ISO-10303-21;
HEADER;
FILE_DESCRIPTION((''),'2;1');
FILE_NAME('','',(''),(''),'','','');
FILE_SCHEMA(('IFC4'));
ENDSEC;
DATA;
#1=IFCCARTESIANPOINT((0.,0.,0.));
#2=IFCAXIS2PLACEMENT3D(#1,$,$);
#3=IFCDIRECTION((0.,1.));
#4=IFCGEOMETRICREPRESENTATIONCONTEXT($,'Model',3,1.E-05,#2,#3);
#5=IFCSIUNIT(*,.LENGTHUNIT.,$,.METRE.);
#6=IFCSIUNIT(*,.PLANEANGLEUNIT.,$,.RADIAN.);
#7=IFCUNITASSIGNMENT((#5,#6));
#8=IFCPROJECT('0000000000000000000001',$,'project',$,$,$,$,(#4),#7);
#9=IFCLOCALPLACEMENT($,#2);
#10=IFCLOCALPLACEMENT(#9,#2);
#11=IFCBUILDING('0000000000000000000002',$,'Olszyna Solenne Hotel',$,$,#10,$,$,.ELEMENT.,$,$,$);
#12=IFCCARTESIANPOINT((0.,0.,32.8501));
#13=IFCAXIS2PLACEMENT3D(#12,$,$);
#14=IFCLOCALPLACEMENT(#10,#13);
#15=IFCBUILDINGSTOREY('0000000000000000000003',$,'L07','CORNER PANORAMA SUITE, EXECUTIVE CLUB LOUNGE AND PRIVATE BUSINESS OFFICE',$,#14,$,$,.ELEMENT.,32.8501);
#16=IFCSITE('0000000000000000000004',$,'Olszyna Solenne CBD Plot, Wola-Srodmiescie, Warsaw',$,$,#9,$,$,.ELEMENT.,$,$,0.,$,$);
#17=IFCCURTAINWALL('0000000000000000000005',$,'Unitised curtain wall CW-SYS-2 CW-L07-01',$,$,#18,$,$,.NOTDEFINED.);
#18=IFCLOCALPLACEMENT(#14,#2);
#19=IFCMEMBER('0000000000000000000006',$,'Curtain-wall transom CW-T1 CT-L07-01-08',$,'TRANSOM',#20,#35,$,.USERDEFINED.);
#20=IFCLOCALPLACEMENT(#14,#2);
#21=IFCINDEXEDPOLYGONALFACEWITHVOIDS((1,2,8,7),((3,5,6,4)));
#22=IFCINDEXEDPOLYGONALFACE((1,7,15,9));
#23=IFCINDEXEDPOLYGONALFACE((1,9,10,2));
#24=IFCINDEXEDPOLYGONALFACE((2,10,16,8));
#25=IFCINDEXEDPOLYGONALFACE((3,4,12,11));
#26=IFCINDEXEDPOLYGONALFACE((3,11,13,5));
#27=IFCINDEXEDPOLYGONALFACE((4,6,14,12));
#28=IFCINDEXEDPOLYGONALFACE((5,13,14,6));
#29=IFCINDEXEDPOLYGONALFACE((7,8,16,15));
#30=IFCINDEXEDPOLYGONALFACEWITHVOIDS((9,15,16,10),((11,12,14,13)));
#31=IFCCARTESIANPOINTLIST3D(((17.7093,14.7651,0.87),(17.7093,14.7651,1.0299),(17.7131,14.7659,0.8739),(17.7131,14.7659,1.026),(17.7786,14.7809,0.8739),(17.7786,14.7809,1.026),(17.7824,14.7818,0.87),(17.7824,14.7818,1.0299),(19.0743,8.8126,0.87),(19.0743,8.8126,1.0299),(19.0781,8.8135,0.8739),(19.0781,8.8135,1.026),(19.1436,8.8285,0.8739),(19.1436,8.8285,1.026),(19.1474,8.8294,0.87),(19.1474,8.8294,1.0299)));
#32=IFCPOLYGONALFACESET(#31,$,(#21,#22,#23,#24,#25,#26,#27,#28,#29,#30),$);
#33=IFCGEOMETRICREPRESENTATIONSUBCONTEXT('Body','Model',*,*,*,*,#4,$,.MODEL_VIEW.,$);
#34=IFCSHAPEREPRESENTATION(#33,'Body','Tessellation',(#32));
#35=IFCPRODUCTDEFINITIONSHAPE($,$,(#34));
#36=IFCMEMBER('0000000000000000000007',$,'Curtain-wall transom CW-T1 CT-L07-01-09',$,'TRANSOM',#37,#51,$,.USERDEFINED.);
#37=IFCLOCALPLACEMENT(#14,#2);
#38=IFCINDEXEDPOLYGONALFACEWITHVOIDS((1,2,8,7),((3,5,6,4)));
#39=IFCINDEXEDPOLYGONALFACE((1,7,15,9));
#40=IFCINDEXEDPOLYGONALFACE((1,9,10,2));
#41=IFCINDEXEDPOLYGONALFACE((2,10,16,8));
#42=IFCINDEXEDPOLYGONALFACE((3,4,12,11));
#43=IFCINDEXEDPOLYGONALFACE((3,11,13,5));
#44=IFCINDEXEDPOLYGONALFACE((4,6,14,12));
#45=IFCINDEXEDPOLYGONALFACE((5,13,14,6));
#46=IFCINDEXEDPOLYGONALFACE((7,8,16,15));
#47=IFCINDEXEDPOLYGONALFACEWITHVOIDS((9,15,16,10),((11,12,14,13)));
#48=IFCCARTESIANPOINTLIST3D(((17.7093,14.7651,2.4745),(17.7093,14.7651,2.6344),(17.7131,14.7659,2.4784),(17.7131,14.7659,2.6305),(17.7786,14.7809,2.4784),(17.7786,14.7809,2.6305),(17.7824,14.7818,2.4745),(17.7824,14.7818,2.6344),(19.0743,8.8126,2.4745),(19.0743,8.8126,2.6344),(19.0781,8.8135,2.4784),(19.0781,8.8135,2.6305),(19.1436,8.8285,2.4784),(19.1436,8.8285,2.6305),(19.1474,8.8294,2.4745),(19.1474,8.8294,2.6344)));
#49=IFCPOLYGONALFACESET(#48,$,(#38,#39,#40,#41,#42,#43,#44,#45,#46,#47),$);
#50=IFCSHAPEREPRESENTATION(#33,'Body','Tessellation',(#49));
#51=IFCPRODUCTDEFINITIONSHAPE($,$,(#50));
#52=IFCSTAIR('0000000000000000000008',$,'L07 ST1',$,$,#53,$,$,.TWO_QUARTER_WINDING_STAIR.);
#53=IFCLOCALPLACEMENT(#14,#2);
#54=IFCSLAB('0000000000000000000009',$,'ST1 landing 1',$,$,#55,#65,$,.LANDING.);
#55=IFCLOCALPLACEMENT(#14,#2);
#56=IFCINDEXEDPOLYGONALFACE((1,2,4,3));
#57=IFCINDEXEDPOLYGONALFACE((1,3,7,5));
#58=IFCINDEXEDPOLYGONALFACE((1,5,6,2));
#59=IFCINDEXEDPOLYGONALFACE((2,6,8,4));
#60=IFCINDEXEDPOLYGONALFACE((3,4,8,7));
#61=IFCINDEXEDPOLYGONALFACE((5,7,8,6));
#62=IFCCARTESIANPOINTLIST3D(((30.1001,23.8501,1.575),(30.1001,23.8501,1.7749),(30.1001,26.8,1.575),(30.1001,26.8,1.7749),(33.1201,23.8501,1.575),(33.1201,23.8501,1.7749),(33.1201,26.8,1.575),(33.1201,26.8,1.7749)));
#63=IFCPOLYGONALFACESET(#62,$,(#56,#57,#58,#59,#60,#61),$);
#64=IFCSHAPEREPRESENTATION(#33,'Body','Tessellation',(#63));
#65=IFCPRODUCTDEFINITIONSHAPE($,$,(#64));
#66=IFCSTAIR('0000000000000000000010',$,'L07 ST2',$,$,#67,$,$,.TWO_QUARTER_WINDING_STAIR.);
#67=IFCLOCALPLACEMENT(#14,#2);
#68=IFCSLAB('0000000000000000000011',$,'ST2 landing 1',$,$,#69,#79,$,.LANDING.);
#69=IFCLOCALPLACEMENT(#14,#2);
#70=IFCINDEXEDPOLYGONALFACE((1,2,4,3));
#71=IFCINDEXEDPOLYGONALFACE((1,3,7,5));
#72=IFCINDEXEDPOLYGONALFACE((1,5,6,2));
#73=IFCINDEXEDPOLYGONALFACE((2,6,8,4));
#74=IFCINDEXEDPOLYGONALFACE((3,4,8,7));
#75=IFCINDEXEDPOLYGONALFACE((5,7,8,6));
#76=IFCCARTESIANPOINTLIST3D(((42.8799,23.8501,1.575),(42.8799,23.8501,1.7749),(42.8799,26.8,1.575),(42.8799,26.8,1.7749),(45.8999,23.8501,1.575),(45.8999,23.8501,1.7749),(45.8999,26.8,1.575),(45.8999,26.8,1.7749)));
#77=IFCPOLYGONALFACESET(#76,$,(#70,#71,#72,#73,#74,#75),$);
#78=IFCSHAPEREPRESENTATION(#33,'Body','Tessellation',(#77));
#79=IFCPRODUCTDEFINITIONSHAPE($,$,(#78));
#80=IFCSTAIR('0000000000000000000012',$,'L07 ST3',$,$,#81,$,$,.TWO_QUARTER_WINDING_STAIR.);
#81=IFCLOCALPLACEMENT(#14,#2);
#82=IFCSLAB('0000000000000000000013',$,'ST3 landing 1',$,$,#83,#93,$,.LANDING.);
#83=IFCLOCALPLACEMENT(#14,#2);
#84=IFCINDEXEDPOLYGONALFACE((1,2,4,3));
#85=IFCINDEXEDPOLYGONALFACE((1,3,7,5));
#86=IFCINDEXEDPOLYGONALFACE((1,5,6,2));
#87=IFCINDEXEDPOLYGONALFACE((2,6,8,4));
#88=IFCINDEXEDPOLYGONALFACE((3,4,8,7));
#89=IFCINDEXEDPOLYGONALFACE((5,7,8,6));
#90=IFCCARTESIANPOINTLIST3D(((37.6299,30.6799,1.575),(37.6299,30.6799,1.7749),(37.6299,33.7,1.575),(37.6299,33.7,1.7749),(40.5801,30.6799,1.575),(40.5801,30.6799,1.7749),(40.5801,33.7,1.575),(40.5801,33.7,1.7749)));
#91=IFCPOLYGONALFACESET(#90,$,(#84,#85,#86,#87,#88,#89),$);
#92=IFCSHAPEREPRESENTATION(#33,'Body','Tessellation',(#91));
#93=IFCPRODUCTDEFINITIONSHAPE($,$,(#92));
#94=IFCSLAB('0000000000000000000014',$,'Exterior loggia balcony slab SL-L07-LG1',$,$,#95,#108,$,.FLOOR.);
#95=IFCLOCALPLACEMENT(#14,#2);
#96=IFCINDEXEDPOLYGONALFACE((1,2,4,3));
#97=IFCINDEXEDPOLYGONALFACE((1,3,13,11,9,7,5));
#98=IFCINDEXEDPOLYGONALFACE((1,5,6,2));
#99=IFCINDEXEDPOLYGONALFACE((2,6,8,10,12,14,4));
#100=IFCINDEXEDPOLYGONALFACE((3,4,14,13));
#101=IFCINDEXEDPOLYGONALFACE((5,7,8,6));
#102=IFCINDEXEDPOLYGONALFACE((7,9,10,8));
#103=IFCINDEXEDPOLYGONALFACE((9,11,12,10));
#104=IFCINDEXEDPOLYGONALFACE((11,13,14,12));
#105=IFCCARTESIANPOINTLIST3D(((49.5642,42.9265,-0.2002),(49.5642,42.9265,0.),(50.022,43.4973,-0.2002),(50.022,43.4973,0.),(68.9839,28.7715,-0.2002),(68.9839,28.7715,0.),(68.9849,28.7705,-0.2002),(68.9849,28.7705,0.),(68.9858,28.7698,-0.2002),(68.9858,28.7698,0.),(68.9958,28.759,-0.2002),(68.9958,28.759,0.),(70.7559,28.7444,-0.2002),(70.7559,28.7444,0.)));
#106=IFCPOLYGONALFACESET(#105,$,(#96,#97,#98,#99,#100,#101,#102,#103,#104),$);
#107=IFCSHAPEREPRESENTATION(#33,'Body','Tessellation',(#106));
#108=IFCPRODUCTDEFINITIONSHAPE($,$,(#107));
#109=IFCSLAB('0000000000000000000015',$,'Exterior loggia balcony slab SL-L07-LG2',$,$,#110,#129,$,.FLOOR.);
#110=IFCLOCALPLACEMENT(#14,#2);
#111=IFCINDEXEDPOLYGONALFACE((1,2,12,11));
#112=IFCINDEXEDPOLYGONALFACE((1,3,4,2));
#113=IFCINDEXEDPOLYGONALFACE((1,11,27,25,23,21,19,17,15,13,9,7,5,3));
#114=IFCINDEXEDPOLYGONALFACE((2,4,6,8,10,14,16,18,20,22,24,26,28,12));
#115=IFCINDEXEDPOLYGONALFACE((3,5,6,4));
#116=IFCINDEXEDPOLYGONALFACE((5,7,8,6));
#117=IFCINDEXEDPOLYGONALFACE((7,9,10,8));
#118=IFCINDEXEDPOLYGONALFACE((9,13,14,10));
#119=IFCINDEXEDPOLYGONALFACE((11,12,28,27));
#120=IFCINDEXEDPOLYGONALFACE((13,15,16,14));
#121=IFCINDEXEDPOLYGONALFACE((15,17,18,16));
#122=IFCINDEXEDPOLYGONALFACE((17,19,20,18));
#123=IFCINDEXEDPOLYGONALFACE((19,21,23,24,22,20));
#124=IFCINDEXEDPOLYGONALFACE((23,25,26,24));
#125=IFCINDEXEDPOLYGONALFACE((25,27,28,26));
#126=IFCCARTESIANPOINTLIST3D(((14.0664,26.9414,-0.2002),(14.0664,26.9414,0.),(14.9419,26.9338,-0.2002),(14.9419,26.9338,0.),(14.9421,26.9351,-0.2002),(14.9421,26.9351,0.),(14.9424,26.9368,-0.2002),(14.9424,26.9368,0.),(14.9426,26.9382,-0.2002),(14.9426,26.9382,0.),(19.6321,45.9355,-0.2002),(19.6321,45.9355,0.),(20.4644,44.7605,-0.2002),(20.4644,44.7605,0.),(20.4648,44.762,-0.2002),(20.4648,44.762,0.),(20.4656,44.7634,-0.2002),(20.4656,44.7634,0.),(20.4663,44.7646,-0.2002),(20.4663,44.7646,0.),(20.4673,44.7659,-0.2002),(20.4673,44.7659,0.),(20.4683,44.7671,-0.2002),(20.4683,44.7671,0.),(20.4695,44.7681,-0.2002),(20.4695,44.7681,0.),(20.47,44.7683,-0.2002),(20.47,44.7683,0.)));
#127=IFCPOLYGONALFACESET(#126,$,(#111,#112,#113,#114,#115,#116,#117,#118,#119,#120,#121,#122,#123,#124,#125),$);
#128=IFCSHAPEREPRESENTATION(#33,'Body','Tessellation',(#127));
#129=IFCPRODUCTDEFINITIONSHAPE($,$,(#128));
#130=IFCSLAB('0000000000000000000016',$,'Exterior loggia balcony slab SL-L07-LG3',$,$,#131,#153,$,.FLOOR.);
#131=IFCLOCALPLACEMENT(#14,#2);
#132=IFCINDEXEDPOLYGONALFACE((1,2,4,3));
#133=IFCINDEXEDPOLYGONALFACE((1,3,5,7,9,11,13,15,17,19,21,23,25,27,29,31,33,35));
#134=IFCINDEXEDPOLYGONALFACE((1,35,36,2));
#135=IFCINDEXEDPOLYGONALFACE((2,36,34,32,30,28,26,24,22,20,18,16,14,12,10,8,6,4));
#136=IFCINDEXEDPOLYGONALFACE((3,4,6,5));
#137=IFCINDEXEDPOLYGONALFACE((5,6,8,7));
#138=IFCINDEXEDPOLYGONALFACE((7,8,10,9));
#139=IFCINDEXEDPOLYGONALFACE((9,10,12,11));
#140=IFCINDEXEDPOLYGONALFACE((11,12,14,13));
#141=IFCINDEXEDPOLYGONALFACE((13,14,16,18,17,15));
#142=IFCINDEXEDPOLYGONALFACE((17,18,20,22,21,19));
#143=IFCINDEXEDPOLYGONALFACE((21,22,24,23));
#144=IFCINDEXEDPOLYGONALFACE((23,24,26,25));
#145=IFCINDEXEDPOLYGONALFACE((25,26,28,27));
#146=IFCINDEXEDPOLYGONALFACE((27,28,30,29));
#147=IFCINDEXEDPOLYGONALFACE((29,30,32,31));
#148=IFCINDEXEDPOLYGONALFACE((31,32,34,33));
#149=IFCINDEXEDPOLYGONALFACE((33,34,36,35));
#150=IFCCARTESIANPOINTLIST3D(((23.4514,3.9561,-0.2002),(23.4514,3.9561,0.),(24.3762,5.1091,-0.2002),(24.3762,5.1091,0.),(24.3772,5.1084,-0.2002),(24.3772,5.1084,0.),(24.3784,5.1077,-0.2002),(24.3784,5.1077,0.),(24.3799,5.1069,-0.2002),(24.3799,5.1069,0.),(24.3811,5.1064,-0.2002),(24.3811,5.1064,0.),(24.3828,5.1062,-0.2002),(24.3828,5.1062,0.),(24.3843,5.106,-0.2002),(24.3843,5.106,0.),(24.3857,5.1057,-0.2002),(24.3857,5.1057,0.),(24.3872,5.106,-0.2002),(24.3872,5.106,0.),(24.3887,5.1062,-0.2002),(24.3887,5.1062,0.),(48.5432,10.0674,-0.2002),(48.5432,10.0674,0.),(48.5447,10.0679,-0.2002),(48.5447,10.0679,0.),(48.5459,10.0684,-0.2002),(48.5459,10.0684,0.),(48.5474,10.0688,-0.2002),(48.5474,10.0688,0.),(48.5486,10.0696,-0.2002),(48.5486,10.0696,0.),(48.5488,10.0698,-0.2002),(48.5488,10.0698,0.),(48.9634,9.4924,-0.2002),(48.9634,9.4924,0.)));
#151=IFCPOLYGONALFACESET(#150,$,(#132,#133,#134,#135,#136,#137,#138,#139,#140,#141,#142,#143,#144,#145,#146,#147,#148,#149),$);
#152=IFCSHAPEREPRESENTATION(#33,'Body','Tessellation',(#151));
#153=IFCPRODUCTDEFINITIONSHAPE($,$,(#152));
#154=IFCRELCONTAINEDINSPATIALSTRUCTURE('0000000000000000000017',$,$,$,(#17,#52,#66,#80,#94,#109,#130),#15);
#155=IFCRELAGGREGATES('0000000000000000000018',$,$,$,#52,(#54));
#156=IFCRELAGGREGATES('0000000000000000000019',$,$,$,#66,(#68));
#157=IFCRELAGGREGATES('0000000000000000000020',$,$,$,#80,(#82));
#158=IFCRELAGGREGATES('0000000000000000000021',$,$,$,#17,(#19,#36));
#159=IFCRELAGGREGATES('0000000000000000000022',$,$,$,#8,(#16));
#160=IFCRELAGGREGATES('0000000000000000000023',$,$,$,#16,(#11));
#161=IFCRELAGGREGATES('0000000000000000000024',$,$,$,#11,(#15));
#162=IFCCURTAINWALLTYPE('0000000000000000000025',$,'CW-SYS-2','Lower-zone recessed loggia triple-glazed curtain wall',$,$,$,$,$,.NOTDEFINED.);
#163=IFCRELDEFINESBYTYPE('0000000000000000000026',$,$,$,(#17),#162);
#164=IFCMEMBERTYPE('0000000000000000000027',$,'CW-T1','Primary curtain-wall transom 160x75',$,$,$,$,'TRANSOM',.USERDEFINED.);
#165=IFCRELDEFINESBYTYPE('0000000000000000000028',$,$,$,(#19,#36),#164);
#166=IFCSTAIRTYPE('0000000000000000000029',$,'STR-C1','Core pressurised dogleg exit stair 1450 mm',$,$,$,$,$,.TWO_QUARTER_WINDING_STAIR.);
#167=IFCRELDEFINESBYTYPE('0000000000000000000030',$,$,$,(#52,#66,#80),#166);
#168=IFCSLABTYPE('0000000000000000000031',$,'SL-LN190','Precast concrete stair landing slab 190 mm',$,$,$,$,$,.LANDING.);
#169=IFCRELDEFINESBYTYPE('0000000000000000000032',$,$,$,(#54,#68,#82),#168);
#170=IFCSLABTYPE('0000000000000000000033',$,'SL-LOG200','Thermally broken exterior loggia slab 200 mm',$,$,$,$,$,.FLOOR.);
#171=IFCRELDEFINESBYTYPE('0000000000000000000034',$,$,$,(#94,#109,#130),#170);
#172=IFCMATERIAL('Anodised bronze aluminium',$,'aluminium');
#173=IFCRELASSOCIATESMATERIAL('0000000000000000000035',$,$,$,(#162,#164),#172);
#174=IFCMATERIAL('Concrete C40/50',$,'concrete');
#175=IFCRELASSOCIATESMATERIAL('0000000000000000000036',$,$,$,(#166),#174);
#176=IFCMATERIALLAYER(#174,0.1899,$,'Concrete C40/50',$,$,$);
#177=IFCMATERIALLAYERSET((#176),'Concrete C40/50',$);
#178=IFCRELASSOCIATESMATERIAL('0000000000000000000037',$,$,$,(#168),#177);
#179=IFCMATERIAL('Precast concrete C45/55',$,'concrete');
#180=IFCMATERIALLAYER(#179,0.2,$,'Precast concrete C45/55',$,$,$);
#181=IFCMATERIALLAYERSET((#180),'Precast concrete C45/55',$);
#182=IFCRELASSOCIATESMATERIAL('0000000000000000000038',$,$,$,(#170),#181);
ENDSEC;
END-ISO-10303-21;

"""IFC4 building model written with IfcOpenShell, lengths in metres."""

from ifc_helpers import new_model, si_unit, direction, frame, origin, origin_2d, place, context, subcontext, project, spatial, polyline, hollow_rectangle, outline, extrude, source, transform, mapped, material, layer, layer_set, material_profile, profile_set, type_object, element, aggregate, save


model = new_model("IFC4")

# Units and contexts
model_context = context("Model", 3, precision=1e-05, world=origin(), true_north=direction((0.0, 1.0)))
body_context = subcontext(model_context, "Body", "Model", "MODEL_VIEW")
ifc_project = project(units=[si_unit("LENGTHUNIT", "METRE"), si_unit("PLANEANGLEUNIT", "RADIAN")], contexts=[model_context])

# Site, building, storey
site_placement = place(None, origin())
site = spatial("IfcSite", under=ifc_project, at=site_placement, Name="Olszyna Solenne CBD Plot, Wola-Srodmiescie, Warsaw", CompositionType="ELEMENT", RefElevation=0.0)
building_placement = place(site_placement, origin())
building = spatial("IfcBuilding", under=site, at=building_placement, Name="Olszyna Solenne Hotel", CompositionType="ELEMENT")
storey_placement = place(building_placement, frame((0.0, 0.0, 32.8501)))
storey = spatial("IfcBuildingStorey", under=building, at=storey_placement, Name="L07", Description="CORNER PANORAMA SUITE, EXECUTIVE CLUB LOUNGE AND PRIVATE BUSINESS OFFICE", CompositionType="ELEMENT", Elevation=32.8501)

# Curtain wall, members
ifc_material_1 = material(Name="Anodised bronze aluminium", Category="aluminium")
curtain_wall_type = type_object("IfcCurtainWallType", Name="CW-SYS-2", Description="Lower-zone recessed loggia triple-glazed curtain wall", PredefinedType="NOTDEFINED", material=ifc_material_1)
curtain_wall_placement = place(storey_placement, origin())
curtain_wall = element("IfcCurtainWall", 1, at=curtain_wall_placement, inside=storey, type_object=curtain_wall_type, Name="Unitised curtain wall CW-SYS-2 CW-L07-01", PredefinedType="NOTDEFINED")
ifc_material_profile_1 = material_profile(ifc_material_1, hollow_rectangle(XDim=0.075, YDim=0.1599, WallThickness=0.0039, at=origin_2d()), Name="TRAN 160x75x4", Category="load-bearing")
ifc_profile_set_1 = profile_set([ifc_material_profile_1], Name="Anodised bronze aluminium")
member_type_1 = type_object("IfcMemberType", Name="CW-T1", Description="Primary curtain-wall transom 160x75", ElementType="TRANSOM", PredefinedType="USERDEFINED", material=ifc_profile_set_1)
shared_shape_1 = source(origin(), body_context, "Body", "SweptSolid", [
    extrude(hollow_rectangle(XDim=0.075, YDim=0.1599, WallThickness=0.0039, at=origin_2d()), origin(), (0.0, 0.0, 1.0), 6.1069),
])
member_1_placement = place(storey_placement, frame((17.7458, 14.7734, 0.95), z_axis=(0.223516, -0.9747, 0.0), x_axis=(0.9747, 0.223516, 0.0)))
member_1 = element("IfcMember", 2, at=member_1_placement, type_object=member_type_1, Name="Curtain-wall transom CW-T1 CT-L07-01-08", ObjectType="TRANSOM", PredefinedType="USERDEFINED", context=body_context, shape_type="MappedRepresentation", body=[
    mapped(shared_shape_1, transform((0.0, 0.0, 0.0), x_axis=(1.0, 0.0, 0.0), y_axis=(0.0, 1.0, 0.0), z_axis=(0.0, 0.0, 1.0), scale=1.0)),
])
member_2_placement = place(storey_placement, frame((17.7458, 14.7734, 2.5544), z_axis=(0.223516, -0.9747, 0.0), x_axis=(0.9747, 0.223516, 0.0)))
member_2 = element("IfcMember", 3, at=member_2_placement, type_object=member_type_1, Name="Curtain-wall transom CW-T1 CT-L07-01-09", ObjectType="TRANSOM", PredefinedType="USERDEFINED", context=body_context, shape_type="MappedRepresentation", body=[
    mapped(shared_shape_1, transform((0.0, 0.0, 0.0), x_axis=(1.0, 0.0, 0.0), y_axis=(0.0, 1.0, 0.0), z_axis=(0.0, 0.0, 1.0), scale=1.0)),
])

# Stairs, slabs
ifc_material_2 = material(Name="Concrete C40/50", Category="concrete")
stair_type = type_object("IfcStairType", Name="STR-C1", Description="Core pressurised dogleg exit stair 1450 mm", PredefinedType="TWO_QUARTER_WINDING_STAIR", material=ifc_material_2)
stair_1_placement = place(storey_placement, origin())
stair_1 = element("IfcStair", 4, at=stair_1_placement, inside=storey, type_object=stair_type, Name="L07 ST1", PredefinedType="TWO_QUARTER_WINDING_STAIR")
ifc_layer_1 = layer(ifc_material_2, 0.1899, Name="Concrete C40/50")
ifc_layer_set_1 = layer_set([ifc_layer_1], Name="Concrete C40/50")
slab_type_1 = type_object("IfcSlabType", Name="SL-LN190", Description="Precast concrete stair landing slab 190 mm", PredefinedType="LANDING", material=ifc_layer_set_1)
slab_1_placement = place(storey_placement, frame((0.0, 0.0, 1.575)))
slab_1 = element("IfcSlab", 5, at=slab_1_placement, type_object=slab_type_1, Name="ST1 landing 1", PredefinedType="LANDING", context=body_context, shape_type="SweptSolid", body=[
    extrude(outline(polyline([(33.1201, 23.8501), (33.1201, 26.8), (30.1001, 26.8), (30.1001, 23.8501), (33.1201, 23.8501)])), origin(), (0.0, 0.0, 1.0), 0.2),
])
aggregate(stair_1, [slab_1])
stair_2_placement = place(storey_placement, origin())
stair_2 = element("IfcStair", 6, at=stair_2_placement, inside=storey, type_object=stair_type, Name="L07 ST2", PredefinedType="TWO_QUARTER_WINDING_STAIR")
slab_2_placement = place(storey_placement, frame((0.0, 0.0, 1.575)))
slab_2 = element("IfcSlab", 7, at=slab_2_placement, type_object=slab_type_1, Name="ST2 landing 1", PredefinedType="LANDING", context=body_context, shape_type="SweptSolid", body=[
    extrude(outline(polyline([(45.8999, 23.8501), (45.8999, 26.8), (42.8799, 26.8), (42.8799, 23.8501), (45.8999, 23.8501)])), origin(), (0.0, 0.0, 1.0), 0.2),
])
aggregate(stair_2, [slab_2])
stair_3_placement = place(storey_placement, origin())
stair_3 = element("IfcStair", 8, at=stair_3_placement, inside=storey, type_object=stair_type, Name="L07 ST3", PredefinedType="TWO_QUARTER_WINDING_STAIR")
slab_3_placement = place(storey_placement, frame((0.0, 0.0, 1.575)))
slab_3 = element("IfcSlab", 9, at=slab_3_placement, type_object=slab_type_1, Name="ST3 landing 1", PredefinedType="LANDING", context=body_context, shape_type="SweptSolid", body=[
    extrude(outline(polyline([(37.6299, 30.6799), (40.5801, 30.6799), (40.5801, 33.7), (37.6299, 33.7), (37.6299, 30.6799)])), origin(), (0.0, 0.0, 1.0), 0.2),
])
aggregate(stair_3, [slab_3])

# Slabs
ifc_material_3 = material(Name="Precast concrete C45/55", Category="concrete")
ifc_layer_2 = layer(ifc_material_3, 0.2, Name="Precast concrete C45/55")
ifc_layer_set_2 = layer_set([ifc_layer_2], Name="Precast concrete C45/55")
slab_type_2 = type_object("IfcSlabType", Name="SL-LOG200", Description="Thermally broken exterior loggia slab 200 mm", PredefinedType="FLOOR", material=ifc_layer_set_2)
slab_4_placement = place(storey_placement, frame((0.0, 0.0, -0.2002)))
element("IfcSlab", 10, at=slab_4_placement, inside=storey, type_object=slab_type_2, Name="Exterior loggia balcony slab SL-L07-LG1", PredefinedType="FLOOR", context=body_context, shape_type="SweptSolid", body=[
    extrude(outline(polyline([(49.5642, 42.9265), (68.9839, 28.7715), (68.9849, 28.7705), (68.9858, 28.7698), (68.9958, 28.759), (70.7559, 28.7444), (50.022, 43.4973), (49.5642, 42.9265)])), origin(), (0.0, 0.0, 1.0), 0.2002),
])
slab_5_placement = place(storey_placement, frame((0.0, 0.0, -0.2002)))
element("IfcSlab", 11, at=slab_5_placement, inside=storey, type_object=slab_type_2, Name="Exterior loggia balcony slab SL-L07-LG2", PredefinedType="FLOOR", context=body_context, shape_type="SweptSolid", body=[
    extrude(outline(polyline([(14.9419, 26.9338), (14.9421, 26.9351), (14.9424, 26.9368), (14.9426, 26.9382), (20.4644, 44.7605), (20.4648, 44.762), (20.4656, 44.7634), (20.4663, 44.7646), (20.4673, 44.7659), (20.4683, 44.7671), (20.4695, 44.7681), (20.47, 44.7683), (19.6321, 45.9355), (14.0664, 26.9414), (14.9419, 26.9338)])), origin(), (0.0, 0.0, 1.0), 0.2002),
])
slab_6_placement = place(storey_placement, frame((0.0, 0.0, -0.2002)))
element("IfcSlab", 12, at=slab_6_placement, inside=storey, type_object=slab_type_2, Name="Exterior loggia balcony slab SL-L07-LG3", PredefinedType="FLOOR", context=body_context, shape_type="SweptSolid", body=[
    extrude(outline(polyline([(48.5488, 10.0698), (48.5486, 10.0696), (48.5474, 10.0688), (48.5459, 10.0684), (48.5447, 10.0679), (48.5432, 10.0674), (24.3887, 5.1062), (24.3872, 5.106), (24.3857, 5.1057), (24.3843, 5.106), (24.3828, 5.1062), (24.3811, 5.1064), (24.3799, 5.1069), (24.3784, 5.1077), (24.3772, 5.1084), (24.3762, 5.1091), (23.4514, 3.9561), (48.9634, 9.4924), (48.5488, 10.0698)])), origin(), (0.0, 0.0, 1.0), 0.2002),
])

aggregate(curtain_wall, [member_1, member_2])

save(model, "model.ifc")
